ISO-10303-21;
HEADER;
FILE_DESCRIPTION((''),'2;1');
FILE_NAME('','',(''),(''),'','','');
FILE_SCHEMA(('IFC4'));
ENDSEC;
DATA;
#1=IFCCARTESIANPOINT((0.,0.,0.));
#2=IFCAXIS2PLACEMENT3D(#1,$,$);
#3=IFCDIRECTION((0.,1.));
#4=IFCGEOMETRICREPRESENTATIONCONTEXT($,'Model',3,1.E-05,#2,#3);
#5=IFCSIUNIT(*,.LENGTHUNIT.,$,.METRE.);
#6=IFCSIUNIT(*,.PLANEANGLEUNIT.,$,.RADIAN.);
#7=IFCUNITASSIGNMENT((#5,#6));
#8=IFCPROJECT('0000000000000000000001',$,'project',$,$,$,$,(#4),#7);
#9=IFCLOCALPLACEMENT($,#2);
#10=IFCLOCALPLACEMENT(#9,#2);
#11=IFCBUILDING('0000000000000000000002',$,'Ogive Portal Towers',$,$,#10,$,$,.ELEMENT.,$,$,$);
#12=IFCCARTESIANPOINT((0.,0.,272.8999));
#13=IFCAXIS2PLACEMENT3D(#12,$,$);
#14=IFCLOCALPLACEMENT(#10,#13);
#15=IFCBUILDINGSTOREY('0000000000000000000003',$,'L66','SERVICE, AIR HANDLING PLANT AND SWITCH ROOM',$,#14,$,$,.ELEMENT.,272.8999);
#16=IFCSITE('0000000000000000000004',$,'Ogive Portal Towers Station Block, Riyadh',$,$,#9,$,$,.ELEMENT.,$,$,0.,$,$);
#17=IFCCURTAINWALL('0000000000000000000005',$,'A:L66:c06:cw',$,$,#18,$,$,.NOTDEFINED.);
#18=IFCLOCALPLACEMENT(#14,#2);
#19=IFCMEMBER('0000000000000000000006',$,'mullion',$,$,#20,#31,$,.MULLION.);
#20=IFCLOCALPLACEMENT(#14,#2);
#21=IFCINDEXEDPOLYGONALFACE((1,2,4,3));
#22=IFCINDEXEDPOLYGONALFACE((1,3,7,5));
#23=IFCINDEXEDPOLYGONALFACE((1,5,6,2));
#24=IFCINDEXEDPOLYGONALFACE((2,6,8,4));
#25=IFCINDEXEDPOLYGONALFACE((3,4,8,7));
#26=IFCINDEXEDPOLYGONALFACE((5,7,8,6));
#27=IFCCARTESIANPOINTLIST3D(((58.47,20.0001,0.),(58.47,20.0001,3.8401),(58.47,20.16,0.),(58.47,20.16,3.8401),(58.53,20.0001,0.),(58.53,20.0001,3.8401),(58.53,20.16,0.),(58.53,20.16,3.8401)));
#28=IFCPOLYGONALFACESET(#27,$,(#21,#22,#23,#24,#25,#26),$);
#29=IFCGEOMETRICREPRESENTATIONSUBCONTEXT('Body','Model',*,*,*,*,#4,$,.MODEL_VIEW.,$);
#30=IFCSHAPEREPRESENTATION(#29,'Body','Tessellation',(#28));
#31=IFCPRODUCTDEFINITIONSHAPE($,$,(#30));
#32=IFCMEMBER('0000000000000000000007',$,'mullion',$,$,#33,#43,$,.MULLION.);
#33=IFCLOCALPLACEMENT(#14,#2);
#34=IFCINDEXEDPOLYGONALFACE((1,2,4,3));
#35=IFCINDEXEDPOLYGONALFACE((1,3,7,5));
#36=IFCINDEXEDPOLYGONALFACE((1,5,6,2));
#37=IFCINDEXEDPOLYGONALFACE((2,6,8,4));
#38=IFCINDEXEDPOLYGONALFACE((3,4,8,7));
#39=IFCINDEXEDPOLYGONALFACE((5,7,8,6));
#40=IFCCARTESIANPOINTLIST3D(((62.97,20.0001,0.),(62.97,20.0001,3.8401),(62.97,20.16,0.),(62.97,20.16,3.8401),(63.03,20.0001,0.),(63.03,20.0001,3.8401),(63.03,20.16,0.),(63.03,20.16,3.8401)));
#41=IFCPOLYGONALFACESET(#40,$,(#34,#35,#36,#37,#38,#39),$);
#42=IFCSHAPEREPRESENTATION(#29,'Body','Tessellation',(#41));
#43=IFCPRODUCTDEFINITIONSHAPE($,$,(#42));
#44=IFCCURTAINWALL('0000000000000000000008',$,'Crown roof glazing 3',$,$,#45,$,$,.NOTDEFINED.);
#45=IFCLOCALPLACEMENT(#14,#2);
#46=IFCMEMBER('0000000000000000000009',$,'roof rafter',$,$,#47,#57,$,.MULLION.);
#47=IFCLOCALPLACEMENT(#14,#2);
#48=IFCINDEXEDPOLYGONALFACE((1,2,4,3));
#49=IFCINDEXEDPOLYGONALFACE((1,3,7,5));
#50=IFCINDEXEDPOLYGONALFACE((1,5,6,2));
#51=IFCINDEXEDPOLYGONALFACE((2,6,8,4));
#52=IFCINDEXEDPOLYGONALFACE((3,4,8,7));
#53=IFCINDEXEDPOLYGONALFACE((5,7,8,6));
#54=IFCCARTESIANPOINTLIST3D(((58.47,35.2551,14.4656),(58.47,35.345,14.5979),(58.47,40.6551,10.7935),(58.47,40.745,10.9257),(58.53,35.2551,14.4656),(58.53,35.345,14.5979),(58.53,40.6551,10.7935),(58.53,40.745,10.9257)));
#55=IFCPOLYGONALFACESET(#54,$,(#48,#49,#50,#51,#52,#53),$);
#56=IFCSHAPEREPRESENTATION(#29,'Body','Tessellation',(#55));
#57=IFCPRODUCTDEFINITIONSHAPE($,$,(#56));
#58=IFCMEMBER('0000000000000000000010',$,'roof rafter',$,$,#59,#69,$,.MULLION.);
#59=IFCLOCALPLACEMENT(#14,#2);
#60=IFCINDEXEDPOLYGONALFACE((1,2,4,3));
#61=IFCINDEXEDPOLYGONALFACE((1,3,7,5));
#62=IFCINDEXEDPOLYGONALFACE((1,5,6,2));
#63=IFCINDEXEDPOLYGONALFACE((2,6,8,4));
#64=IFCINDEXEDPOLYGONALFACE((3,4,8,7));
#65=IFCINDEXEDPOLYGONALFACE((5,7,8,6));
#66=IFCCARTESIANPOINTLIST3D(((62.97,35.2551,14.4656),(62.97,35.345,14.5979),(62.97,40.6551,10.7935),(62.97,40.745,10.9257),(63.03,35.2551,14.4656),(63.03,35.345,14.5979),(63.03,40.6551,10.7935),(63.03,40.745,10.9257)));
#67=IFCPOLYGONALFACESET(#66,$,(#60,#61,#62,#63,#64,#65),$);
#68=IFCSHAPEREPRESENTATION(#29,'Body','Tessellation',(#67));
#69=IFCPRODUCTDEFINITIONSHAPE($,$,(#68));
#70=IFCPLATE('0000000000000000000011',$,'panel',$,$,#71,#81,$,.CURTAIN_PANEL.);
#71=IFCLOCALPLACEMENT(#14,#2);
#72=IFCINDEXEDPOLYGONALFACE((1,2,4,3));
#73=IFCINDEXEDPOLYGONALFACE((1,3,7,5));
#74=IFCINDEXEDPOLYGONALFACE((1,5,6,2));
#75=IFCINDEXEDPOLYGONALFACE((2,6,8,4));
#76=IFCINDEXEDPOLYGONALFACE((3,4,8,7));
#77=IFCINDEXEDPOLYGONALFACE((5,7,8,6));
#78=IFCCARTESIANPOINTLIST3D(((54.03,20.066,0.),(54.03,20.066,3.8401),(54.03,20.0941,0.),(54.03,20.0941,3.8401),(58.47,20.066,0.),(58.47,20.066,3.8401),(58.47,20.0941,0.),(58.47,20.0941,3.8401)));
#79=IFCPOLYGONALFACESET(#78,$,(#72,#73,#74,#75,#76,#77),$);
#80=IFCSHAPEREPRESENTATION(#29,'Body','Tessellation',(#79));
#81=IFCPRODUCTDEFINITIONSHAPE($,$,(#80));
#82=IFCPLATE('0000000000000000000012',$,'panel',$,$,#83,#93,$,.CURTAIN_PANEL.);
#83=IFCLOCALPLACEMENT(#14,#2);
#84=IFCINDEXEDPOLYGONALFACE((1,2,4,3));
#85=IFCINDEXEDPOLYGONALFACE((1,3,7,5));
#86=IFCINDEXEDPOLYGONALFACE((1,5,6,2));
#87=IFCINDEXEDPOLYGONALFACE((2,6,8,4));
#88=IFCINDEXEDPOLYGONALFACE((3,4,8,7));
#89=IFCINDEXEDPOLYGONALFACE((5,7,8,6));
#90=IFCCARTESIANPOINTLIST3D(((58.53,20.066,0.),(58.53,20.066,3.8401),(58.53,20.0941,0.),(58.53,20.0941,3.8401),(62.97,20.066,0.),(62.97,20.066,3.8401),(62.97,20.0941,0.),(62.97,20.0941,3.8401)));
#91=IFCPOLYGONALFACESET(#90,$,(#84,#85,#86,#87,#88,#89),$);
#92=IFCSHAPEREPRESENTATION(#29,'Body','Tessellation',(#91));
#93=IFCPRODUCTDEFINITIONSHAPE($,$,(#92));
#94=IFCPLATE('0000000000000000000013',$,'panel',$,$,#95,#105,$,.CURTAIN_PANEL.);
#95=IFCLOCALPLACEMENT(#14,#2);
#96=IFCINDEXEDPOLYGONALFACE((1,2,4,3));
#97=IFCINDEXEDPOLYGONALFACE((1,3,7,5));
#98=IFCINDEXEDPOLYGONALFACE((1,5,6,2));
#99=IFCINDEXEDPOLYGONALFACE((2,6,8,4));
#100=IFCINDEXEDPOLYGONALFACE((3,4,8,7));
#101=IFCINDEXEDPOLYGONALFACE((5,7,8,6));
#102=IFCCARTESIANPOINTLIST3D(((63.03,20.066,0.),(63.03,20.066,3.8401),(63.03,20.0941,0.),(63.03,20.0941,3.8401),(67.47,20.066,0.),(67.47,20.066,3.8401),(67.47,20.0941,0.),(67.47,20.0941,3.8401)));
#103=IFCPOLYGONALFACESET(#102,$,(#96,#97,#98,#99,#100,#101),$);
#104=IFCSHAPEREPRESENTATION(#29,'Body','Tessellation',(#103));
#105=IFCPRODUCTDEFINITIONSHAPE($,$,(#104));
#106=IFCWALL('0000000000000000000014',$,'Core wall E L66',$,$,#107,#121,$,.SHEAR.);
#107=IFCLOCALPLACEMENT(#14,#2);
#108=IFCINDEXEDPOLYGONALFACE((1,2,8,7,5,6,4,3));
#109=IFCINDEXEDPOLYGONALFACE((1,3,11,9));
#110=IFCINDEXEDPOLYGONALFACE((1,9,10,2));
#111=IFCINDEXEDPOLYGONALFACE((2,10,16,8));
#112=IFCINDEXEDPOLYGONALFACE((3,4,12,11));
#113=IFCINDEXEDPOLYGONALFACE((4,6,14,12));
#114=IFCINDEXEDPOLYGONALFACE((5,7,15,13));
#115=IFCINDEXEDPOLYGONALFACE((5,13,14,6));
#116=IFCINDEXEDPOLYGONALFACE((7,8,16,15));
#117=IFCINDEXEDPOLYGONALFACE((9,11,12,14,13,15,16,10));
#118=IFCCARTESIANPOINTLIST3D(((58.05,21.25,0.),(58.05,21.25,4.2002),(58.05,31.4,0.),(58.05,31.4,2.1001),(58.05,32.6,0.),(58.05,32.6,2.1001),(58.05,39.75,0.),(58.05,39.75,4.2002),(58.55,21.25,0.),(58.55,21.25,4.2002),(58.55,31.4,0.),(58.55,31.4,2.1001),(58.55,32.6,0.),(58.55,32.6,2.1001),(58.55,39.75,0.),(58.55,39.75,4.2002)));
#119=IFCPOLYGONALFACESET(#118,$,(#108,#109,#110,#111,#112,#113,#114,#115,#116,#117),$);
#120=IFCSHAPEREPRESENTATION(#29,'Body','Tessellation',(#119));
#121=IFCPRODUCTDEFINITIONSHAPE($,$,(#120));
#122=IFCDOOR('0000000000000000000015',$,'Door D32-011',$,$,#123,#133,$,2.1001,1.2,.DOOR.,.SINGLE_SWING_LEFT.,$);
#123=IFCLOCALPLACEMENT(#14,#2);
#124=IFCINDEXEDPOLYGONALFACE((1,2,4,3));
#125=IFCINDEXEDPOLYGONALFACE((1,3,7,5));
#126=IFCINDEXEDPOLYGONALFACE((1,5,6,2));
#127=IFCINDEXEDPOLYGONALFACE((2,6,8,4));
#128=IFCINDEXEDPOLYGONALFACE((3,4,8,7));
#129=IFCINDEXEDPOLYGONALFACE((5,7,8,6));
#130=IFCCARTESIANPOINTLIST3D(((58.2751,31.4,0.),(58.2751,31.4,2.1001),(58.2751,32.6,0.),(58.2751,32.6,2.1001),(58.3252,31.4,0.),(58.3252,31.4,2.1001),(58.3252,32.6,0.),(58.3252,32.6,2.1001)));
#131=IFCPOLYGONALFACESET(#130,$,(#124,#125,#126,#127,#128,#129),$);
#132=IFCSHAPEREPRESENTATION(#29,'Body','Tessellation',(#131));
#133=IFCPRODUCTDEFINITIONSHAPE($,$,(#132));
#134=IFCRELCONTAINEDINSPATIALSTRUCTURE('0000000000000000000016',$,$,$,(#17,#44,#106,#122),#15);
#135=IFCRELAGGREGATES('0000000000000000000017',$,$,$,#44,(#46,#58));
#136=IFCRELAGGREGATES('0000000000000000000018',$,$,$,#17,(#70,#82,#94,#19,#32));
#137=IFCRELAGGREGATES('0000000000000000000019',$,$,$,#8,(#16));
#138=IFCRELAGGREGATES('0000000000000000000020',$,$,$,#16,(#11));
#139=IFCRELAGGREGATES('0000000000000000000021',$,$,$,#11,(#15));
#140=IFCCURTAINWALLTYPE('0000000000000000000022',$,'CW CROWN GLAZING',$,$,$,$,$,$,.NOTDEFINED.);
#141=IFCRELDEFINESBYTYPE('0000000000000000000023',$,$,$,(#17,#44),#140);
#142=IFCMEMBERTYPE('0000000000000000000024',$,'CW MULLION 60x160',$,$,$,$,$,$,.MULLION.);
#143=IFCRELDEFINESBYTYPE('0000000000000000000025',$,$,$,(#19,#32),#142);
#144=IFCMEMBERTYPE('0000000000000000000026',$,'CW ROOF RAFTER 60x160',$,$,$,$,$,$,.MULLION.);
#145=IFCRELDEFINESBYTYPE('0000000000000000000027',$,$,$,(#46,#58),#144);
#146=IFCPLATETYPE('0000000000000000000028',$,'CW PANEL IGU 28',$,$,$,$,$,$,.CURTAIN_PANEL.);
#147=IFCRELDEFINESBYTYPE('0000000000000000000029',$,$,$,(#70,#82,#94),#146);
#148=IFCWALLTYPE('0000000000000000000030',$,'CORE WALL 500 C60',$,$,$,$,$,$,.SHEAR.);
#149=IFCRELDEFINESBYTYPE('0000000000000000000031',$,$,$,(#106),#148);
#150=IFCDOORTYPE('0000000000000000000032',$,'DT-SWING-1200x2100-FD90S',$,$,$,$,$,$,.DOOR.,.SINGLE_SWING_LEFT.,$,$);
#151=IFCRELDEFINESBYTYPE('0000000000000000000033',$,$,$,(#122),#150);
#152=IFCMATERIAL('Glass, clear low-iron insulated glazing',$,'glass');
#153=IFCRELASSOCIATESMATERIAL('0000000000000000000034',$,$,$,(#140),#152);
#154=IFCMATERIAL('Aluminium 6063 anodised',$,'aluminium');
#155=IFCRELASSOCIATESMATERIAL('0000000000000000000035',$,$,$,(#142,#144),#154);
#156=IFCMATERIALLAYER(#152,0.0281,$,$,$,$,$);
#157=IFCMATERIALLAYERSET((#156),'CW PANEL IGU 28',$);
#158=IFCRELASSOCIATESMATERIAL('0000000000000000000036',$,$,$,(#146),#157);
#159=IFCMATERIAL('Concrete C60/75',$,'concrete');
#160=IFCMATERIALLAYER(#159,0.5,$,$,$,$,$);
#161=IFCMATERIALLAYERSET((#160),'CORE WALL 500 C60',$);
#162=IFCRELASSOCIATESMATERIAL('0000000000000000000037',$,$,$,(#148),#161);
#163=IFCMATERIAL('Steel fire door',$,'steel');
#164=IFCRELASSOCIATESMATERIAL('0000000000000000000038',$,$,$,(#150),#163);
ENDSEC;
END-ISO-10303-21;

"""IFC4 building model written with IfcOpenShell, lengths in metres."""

from ifc_helpers import new_model, si_unit, direction, frame, frame_2d, origin, origin_2d, place, context, subcontext, project, spatial, rectangle, extrude, material, layer, layer_set, material_profile, profile_set, type_object, element, fill, aggregate, save


model = new_model("IFC4")

# Units and contexts
model_context = context("Model", 3, precision=1e-05, world=origin(), true_north=direction((0.0, 1.0)))
body_context = subcontext(model_context, "Body", "Model", "MODEL_VIEW")
ifc_project = project(units=[si_unit("LENGTHUNIT", "METRE"), si_unit("PLANEANGLEUNIT", "RADIAN")], contexts=[model_context])

# Site, building, storey
site_placement = place(None, origin())
site = spatial("IfcSite", under=ifc_project, at=site_placement, Name="Ogive Portal Towers Station Block, Riyadh", CompositionType="ELEMENT", RefElevation=0.0)
building_placement = place(site_placement, origin())
building = spatial("IfcBuilding", under=site, at=building_placement, Name="Ogive Portal Towers", CompositionType="ELEMENT")
storey_placement = place(building_placement, frame((0.0, 0.0, 272.8999)))
storey = spatial("IfcBuildingStorey", under=building, at=storey_placement, Name="L66", Description="SERVICE, AIR HANDLING PLANT AND SWITCH ROOM", CompositionType="ELEMENT", Elevation=272.8999)

# Curtain walls, members
ifc_material_1 = material(Name="Glass, clear low-iron insulated glazing", Category="glass")
curtain_wall_type = type_object("IfcCurtainWallType", Name="CW CROWN GLAZING", PredefinedType="NOTDEFINED", material=ifc_material_1)
curtain_wall_1_placement = place(storey_placement, origin())
curtain_wall_1 = element("IfcCurtainWall", 1, at=curtain_wall_1_placement, inside=storey, type_object=curtain_wall_type, Name="A:L66:c06:cw", PredefinedType="NOTDEFINED")
ifc_material_2 = material(Name="Aluminium 6063 anodised", Category="aluminium")
ifc_material_profile_1 = material_profile(ifc_material_2, rectangle(XDim=0.1599, YDim=0.0601, at=origin_2d()), Name="AL 60x160")
ifc_profile_set_1 = profile_set([ifc_material_profile_1], Name="Aluminium 6063 anodised")
member_type_1 = type_object("IfcMemberType", Name="CW MULLION 60x160", PredefinedType="MULLION", material=ifc_profile_set_1)
member_1_placement = place(storey_placement, frame((58.5, 20.0801, 0.0), z_axis=(0.0, 0.0, 1.0), x_axis=(0.0, 1.0, 0.0)))
member_1 = element("IfcMember", 2, at=member_1_placement, type_object=member_type_1, Name="mullion", PredefinedType="MULLION", context=body_context, shape_type="SweptSolid", body=[
    extrude(rectangle(XDim=0.1599, YDim=0.0601, at=origin_2d()), origin(), (0.0, 0.0, 1.0), 3.8401),
])
member_2_placement = place(storey_placement, frame((63.0, 20.0801, 0.0), z_axis=(0.0, 0.0, 1.0), x_axis=(0.0, 1.0, 0.0)))
member_2 = element("IfcMember", 3, at=member_2_placement, type_object=member_type_1, Name="mullion", PredefinedType="MULLION", context=body_context, shape_type="SweptSolid", body=[
    extrude(rectangle(XDim=0.1599, YDim=0.0601, at=origin_2d()), origin(), (0.0, 0.0, 1.0), 3.8401),
])
curtain_wall_2_placement = place(storey_placement, origin())
curtain_wall_2 = element("IfcCurtainWall", 4, at=curtain_wall_2_placement, inside=storey, type_object=curtain_wall_type, Name="Crown roof glazing 3", PredefinedType="NOTDEFINED")
ifc_material_profile_2 = material_profile(ifc_material_2, rectangle(XDim=0.0601, YDim=0.1599, at=origin_2d()), Name="AL 60x160 rafter")
ifc_profile_set_2 = profile_set([ifc_material_profile_2], Name="Aluminium 6063 anodised")
member_type_2 = type_object("IfcMemberType", Name="CW ROOF RAFTER 60x160", PredefinedType="MULLION", material=ifc_profile_set_2)
member_3_placement = place(storey_placement, frame((58.5, 35.3, 14.5317), z_axis=(0.0, 0.826913, -0.562329), x_axis=(-1.0, 0.0, 0.0)))
member_3 = element("IfcMember", 5, at=member_3_placement, type_object=member_type_2, Name="roof rafter", PredefinedType="MULLION", context=body_context, shape_type="SweptSolid", body=[
    extrude(rectangle(XDim=0.0601, YDim=0.1599, at=origin_2d()), origin(), (0.0, 0.0, 1.0), 6.5303),
])
member_4_placement = place(storey_placement, frame((63.0, 35.3, 14.5317), z_axis=(0.0, 0.826913, -0.562329), x_axis=(-1.0, 0.0, 0.0)))
member_4 = element("IfcMember", 6, at=member_4_placement, type_object=member_type_2, Name="roof rafter", PredefinedType="MULLION", context=body_context, shape_type="SweptSolid", body=[
    extrude(rectangle(XDim=0.0601, YDim=0.1599, at=origin_2d()), origin(), (0.0, 0.0, 1.0), 6.5303),
])
aggregate(curtain_wall_2, [member_3, member_4])

# Plates
ifc_layer_1 = layer(ifc_material_1, 0.0281)
ifc_layer_set_1 = layer_set([ifc_layer_1], Name="CW PANEL IGU 28")
plate_type = type_object("IfcPlateType", Name="CW PANEL IGU 28", PredefinedType="CURTAIN_PANEL", material=ifc_layer_set_1)
plate_1_placement = place(storey_placement, frame((56.25, 20.0801, 0.0), z_axis=(0.0, 0.0, 1.0), x_axis=(1.0, 0.0, 0.0)))
plate_1 = element("IfcPlate", 7, at=plate_1_placement, type_object=plate_type, Name="panel", PredefinedType="CURTAIN_PANEL", context=body_context, shape_type="SweptSolid", body=[
    extrude(rectangle(XDim=4.4399, YDim=0.0281, at=origin_2d()), origin(), (0.0, 0.0, 1.0), 3.8401),
])
plate_2_placement = place(storey_placement, frame((60.75, 20.0801, 0.0), z_axis=(0.0, 0.0, 1.0), x_axis=(1.0, 0.0, 0.0)))
plate_2 = element("IfcPlate", 8, at=plate_2_placement, type_object=plate_type, Name="panel", PredefinedType="CURTAIN_PANEL", context=body_context, shape_type="SweptSolid", body=[
    extrude(rectangle(XDim=4.4399, YDim=0.0281, at=origin_2d()), origin(), (0.0, 0.0, 1.0), 3.8401),
])
plate_3_placement = place(storey_placement, frame((65.25, 20.0801, 0.0), z_axis=(0.0, 0.0, 1.0), x_axis=(1.0, 0.0, 0.0)))
plate_3 = element("IfcPlate", 9, at=plate_3_placement, type_object=plate_type, Name="panel", PredefinedType="CURTAIN_PANEL", context=body_context, shape_type="SweptSolid", body=[
    extrude(rectangle(XDim=4.4399, YDim=0.0281, at=origin_2d()), origin(), (0.0, 0.0, 1.0), 3.8401),
])
aggregate(curtain_wall_1, [plate_1, plate_2, plate_3, member_1, member_2])

# Wall, opening, door
ifc_material_3 = material(Name="Concrete C60/75", Category="concrete")
ifc_layer_2 = layer(ifc_material_3, 0.5)
ifc_layer_set_2 = layer_set([ifc_layer_2], Name="CORE WALL 500 C60")
wall_type_1 = type_object("IfcWallType", Name="CORE WALL 500 C60", PredefinedType="SHEAR", material=ifc_layer_set_2)
wall_1_placement = place(storey_placement, frame((58.3, 21.25, 0.0), z_axis=(0.0, 0.0, 1.0), x_axis=(0.0, 1.0, 0.0)))
wall_1 = element("IfcWall", 10, at=wall_1_placement, inside=storey, type_object=wall_type_1, Name="Core wall E L66", PredefinedType="SHEAR", context=body_context, shape_type="SweptSolid", body=[
    extrude(rectangle(XDim=18.5, YDim=0.5, at=frame_2d((9.25, 0.0))), origin(), (0.0, 0.0, 1.0), 4.2002),
])
opening_1_placement = place(wall_1_placement, frame((10.1499, 0.0, 0.0)))
opening_1 = element("IfcOpeningElement", 11, at=opening_1_placement, cuts=wall_1, PredefinedType="OPENING", context=body_context, shape_type="SweptSolid", body=[
    extrude(rectangle(XDim=1.2, YDim=2.1001, at=frame_2d((0.6001, 1.05))), frame((0.0, 0.26, 0.0), z_axis=(0.0, -1.0, 0.0), x_axis=(1.0, 0.0, 0.0)), (0.0, 0.0, 1.0), 0.52),
])
ifc_material_4 = material(Name="Steel fire door", Category="steel")
door_type_1 = type_object("IfcDoorType", Name="DT-SWING-1200x2100-FD90S", OperationType="SINGLE_SWING_LEFT", PredefinedType="DOOR", material=ifc_material_4)
door_1_placement = place(opening_1_placement, origin())
door_1 = element("IfcDoor", 12, at=door_1_placement, inside=storey, type_object=door_type_1, Name="Door D32-011", OperationType="SINGLE_SWING_LEFT", OverallHeight=2.1001, OverallWidth=1.2, PredefinedType="DOOR", context=body_context, shape_type="SweptSolid", body=[
    extrude(rectangle(XDim=1.2, YDim=2.1001, at=frame_2d((0.6001, 1.05))), frame((0.0, 0.0249, 0.0), z_axis=(0.0, -1.0, 0.0), x_axis=(1.0, 0.0, 0.0)), (0.0, 0.0, 1.0), 0.05),
])
fill(opening_1, door_1)

save(model, "model.ifc")
